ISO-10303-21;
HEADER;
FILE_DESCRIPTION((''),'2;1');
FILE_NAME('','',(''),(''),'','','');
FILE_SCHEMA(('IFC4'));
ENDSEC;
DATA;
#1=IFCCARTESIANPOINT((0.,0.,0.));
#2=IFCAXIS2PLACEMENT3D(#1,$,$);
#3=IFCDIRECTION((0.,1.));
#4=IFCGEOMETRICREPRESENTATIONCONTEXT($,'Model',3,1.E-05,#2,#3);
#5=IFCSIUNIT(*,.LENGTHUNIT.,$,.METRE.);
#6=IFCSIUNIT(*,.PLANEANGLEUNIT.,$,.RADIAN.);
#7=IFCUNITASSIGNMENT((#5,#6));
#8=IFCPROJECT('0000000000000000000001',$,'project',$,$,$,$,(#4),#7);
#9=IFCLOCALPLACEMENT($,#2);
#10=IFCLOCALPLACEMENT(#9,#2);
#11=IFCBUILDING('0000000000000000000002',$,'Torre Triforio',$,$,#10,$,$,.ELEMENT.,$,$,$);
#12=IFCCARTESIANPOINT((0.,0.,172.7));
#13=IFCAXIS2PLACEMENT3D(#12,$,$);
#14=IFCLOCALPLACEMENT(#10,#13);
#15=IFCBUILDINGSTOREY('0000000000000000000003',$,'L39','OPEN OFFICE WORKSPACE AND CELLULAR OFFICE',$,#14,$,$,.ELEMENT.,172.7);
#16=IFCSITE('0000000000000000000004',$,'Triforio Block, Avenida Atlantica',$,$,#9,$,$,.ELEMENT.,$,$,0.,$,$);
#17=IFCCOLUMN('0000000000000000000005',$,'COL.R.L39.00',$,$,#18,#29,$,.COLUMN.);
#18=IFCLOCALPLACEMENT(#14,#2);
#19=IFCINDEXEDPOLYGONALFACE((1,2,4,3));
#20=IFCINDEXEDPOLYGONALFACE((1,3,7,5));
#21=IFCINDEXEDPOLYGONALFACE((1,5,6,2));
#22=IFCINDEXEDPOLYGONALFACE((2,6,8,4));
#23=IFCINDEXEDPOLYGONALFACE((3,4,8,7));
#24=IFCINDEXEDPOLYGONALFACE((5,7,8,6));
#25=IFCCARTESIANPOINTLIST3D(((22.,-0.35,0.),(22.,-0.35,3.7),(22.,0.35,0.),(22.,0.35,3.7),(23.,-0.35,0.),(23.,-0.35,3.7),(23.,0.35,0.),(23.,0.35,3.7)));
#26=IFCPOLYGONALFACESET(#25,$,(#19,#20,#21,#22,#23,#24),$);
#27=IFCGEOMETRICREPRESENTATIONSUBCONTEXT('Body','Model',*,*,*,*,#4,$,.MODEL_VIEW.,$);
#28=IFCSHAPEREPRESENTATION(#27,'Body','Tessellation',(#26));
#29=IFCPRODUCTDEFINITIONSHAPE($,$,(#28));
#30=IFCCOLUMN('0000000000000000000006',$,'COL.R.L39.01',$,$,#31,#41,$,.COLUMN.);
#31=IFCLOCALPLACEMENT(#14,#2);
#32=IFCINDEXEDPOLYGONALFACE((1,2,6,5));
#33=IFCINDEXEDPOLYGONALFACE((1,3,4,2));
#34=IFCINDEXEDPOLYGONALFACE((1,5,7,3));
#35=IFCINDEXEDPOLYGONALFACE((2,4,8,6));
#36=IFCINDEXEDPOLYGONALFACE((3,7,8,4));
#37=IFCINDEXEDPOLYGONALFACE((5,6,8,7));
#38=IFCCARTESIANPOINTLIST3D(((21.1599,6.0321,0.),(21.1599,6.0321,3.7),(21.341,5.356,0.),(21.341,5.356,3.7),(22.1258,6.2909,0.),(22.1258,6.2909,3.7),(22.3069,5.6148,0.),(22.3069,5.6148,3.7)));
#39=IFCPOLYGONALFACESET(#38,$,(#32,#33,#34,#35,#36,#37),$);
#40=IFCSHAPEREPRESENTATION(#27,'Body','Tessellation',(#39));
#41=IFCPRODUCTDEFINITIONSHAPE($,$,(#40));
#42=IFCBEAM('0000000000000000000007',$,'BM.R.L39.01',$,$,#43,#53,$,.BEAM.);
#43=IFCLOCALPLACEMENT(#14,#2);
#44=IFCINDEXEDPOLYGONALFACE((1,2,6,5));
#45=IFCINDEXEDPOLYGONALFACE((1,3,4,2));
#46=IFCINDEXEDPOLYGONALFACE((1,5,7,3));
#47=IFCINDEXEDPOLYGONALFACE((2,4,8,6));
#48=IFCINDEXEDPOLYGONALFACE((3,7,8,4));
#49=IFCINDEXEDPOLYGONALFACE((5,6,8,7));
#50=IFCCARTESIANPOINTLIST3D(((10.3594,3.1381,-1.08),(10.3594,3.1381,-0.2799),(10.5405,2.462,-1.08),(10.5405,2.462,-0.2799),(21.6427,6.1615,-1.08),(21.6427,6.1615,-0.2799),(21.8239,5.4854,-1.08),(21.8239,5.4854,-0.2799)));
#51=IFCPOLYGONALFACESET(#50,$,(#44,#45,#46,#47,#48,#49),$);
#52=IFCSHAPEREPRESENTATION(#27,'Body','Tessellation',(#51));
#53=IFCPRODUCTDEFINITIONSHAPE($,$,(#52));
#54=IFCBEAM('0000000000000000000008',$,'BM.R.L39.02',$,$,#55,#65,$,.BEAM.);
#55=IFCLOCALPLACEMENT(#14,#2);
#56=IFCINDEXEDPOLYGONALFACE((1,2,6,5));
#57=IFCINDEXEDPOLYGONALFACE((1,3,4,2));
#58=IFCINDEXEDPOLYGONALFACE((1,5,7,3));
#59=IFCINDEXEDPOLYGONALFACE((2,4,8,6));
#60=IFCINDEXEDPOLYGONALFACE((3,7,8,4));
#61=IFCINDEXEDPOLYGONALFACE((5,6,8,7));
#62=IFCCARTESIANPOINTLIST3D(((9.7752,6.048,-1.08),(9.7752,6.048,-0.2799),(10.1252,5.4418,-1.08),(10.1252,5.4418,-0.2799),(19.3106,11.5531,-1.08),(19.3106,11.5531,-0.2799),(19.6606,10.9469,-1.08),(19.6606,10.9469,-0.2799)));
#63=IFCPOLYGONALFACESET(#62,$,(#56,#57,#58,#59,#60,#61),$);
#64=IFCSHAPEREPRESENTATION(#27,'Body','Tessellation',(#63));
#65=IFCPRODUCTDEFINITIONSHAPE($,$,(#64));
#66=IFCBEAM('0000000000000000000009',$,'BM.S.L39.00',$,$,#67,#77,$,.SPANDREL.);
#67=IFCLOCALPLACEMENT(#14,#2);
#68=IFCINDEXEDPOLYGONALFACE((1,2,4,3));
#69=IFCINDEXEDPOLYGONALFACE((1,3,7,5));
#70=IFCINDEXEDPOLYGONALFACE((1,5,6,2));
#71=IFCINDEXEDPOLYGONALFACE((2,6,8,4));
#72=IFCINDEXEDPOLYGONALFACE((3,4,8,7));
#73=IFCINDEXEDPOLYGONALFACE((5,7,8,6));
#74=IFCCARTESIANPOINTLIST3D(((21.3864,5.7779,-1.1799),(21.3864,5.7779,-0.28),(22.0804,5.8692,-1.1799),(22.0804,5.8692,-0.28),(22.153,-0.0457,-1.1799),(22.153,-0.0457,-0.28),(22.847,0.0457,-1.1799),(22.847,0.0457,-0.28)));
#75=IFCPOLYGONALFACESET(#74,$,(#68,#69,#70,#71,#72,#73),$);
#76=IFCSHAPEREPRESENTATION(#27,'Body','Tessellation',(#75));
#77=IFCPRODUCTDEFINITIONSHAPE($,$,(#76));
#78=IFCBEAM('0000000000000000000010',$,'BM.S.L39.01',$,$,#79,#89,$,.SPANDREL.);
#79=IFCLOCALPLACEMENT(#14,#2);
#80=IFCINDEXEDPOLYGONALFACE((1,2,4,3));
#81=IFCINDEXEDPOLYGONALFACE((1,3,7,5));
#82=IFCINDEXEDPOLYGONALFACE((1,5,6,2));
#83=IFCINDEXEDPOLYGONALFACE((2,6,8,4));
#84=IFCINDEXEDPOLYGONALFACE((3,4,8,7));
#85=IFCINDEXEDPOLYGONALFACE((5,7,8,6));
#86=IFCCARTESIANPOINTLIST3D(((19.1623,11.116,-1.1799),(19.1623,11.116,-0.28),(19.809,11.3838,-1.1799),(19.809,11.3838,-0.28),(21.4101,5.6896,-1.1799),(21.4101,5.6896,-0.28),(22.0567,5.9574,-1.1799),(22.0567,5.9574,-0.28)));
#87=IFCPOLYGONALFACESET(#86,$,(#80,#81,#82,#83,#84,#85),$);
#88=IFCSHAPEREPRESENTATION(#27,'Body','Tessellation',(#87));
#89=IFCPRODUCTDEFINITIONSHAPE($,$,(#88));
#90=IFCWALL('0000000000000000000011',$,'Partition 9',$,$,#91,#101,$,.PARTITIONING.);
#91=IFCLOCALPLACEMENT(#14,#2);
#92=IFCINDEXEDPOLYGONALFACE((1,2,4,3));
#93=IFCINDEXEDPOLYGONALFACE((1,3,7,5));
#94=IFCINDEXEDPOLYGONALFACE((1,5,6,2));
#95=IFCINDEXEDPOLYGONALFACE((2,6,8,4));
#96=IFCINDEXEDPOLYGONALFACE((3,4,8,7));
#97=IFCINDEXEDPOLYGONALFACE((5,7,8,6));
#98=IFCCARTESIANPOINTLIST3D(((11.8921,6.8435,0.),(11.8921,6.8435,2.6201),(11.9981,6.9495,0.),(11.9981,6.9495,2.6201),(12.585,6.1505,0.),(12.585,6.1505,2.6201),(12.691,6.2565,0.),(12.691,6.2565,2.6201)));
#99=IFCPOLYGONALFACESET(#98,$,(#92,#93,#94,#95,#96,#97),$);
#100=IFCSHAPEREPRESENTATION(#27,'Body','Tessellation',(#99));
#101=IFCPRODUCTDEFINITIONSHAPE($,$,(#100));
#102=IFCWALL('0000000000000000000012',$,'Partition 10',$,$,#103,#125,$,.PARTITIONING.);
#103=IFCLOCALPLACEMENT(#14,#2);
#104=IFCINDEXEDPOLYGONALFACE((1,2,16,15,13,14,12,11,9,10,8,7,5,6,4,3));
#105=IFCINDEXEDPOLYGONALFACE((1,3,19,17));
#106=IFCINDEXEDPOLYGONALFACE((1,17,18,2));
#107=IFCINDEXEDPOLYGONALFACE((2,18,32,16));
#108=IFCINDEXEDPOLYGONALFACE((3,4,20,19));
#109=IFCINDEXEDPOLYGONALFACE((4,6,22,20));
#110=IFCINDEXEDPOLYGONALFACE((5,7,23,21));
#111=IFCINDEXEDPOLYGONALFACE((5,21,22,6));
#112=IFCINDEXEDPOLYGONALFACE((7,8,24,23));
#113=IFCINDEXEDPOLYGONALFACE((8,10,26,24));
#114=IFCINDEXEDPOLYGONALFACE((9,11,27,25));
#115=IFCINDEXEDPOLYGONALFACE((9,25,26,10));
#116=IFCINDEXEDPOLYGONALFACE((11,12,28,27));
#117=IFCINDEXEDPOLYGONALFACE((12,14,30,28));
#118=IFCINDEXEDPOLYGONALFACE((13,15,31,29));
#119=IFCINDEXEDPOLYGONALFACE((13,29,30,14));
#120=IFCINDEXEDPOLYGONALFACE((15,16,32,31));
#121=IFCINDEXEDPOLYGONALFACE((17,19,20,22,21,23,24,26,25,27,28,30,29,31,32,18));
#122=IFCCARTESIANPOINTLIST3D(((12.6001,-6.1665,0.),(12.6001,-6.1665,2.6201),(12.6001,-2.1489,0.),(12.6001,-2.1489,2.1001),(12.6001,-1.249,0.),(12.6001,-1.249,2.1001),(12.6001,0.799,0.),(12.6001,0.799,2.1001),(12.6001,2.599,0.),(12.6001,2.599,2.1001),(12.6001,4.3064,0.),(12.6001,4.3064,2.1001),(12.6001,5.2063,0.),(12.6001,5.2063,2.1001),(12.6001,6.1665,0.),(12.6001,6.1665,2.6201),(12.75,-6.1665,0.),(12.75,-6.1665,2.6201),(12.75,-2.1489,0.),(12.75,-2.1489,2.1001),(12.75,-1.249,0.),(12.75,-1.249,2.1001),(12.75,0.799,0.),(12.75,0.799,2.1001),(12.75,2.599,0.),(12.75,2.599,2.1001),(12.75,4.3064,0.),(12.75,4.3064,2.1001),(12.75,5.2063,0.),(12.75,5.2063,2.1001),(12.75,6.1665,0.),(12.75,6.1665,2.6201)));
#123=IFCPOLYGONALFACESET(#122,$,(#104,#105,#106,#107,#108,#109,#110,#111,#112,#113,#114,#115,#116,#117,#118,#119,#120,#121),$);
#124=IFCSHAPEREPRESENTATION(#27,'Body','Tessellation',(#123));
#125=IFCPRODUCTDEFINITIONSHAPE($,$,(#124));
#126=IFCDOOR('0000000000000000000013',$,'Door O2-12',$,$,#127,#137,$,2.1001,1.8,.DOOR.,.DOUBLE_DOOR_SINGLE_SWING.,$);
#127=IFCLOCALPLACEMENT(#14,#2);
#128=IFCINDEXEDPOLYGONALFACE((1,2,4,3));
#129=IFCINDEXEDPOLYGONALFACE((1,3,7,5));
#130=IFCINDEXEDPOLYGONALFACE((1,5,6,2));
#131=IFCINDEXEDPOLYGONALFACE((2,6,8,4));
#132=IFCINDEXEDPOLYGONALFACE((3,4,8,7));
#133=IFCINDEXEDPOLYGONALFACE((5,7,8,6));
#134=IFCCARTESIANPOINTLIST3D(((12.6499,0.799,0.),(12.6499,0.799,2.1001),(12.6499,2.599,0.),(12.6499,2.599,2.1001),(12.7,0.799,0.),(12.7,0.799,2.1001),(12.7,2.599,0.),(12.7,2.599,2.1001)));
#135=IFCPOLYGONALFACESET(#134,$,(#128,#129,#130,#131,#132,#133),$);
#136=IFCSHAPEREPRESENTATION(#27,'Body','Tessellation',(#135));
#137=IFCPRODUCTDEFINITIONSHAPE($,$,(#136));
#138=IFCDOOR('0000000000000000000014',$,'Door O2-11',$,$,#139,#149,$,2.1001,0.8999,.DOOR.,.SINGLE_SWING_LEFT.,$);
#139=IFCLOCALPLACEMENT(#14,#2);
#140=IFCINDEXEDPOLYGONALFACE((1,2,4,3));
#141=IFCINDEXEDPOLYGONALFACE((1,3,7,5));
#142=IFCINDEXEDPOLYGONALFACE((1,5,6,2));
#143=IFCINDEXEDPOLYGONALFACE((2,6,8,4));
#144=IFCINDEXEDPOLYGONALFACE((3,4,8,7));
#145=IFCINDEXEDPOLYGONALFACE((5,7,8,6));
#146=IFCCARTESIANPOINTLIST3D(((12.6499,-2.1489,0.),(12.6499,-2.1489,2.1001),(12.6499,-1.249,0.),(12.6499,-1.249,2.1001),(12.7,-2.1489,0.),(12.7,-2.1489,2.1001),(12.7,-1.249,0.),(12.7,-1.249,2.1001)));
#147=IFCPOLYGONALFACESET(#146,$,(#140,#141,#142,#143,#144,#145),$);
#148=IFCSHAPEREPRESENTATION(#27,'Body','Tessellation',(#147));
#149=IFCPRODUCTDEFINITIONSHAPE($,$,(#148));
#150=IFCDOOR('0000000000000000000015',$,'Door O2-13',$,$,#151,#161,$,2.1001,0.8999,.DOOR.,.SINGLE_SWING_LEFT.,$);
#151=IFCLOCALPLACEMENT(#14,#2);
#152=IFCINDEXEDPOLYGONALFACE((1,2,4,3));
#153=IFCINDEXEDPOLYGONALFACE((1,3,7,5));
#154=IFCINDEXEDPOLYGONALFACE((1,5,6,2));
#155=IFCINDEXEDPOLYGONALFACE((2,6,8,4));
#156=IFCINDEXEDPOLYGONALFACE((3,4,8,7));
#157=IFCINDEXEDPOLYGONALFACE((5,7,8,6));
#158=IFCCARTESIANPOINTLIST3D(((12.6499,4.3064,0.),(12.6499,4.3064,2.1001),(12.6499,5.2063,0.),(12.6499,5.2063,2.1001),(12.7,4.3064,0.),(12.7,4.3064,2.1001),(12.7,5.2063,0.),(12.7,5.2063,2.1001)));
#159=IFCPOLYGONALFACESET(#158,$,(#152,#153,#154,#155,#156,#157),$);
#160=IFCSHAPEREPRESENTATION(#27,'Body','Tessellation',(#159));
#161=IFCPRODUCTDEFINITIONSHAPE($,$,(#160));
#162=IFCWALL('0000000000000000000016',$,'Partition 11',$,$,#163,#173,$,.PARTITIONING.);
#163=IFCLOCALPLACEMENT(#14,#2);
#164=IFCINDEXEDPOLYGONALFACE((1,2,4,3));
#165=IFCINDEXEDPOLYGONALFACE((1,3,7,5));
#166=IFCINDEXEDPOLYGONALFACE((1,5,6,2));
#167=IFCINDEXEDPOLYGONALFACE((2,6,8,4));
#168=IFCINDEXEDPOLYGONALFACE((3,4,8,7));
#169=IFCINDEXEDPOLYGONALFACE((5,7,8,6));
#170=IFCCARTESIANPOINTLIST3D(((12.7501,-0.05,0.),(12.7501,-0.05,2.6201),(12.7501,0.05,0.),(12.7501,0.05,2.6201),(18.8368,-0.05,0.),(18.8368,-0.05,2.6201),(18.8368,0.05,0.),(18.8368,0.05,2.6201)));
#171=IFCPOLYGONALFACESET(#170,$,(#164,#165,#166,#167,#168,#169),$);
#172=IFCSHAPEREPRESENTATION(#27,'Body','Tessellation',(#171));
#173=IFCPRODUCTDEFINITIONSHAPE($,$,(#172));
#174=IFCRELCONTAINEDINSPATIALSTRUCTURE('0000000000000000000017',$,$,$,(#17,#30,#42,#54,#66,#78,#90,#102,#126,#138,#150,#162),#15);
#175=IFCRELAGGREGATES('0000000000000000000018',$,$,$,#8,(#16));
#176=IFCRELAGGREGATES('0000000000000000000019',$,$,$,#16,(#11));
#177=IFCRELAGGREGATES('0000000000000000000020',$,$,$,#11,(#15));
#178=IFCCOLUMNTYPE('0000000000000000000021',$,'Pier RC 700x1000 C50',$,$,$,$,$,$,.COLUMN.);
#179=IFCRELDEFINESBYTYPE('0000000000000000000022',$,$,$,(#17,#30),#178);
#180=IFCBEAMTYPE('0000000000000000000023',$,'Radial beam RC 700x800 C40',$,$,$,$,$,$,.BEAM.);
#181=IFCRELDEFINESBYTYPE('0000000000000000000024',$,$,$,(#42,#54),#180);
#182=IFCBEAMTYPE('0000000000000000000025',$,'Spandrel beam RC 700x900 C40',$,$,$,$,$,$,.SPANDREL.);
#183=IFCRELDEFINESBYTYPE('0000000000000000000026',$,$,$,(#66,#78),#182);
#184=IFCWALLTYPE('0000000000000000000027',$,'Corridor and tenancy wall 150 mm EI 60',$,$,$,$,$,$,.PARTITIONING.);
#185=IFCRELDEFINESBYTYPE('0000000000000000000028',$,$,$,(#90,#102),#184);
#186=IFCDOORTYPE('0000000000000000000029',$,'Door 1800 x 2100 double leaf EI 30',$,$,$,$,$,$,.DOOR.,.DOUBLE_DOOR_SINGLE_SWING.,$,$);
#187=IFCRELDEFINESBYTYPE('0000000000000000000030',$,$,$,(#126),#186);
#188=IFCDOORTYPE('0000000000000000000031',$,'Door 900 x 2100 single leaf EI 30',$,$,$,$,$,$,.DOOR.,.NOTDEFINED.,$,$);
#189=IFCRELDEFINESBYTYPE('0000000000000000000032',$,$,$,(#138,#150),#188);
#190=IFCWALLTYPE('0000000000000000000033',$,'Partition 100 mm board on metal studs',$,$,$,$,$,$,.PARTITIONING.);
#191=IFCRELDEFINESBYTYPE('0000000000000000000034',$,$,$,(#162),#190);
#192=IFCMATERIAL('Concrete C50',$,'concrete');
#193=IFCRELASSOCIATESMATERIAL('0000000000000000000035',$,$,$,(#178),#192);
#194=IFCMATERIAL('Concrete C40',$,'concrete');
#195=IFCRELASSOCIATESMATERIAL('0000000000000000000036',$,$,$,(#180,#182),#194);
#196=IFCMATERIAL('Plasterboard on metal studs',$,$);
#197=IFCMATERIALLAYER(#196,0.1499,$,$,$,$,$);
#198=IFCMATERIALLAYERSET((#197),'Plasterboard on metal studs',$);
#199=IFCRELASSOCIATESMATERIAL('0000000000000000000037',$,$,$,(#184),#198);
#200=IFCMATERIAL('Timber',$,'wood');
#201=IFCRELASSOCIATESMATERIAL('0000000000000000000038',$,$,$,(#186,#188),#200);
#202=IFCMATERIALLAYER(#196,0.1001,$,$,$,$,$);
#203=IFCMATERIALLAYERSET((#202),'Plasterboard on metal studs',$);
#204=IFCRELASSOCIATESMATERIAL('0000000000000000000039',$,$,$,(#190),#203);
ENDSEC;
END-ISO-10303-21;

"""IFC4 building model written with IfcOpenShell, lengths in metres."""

from ifc_helpers import new_model, si_unit, direction, frame, frame_2d, origin, origin_2d, place, context, subcontext, project, spatial, rectangle, extrude, material, layer, layer_set, material_profile, profile_set, type_object, element, fill, save


model = new_model("IFC4")

# Units and contexts
model_context = context("Model", 3, precision=1e-05, world=origin(), true_north=direction((0.0, 1.0)))
body_context = subcontext(model_context, "Body", "Model", "MODEL_VIEW")
ifc_project = project(units=[si_unit("LENGTHUNIT", "METRE"), si_unit("PLANEANGLEUNIT", "RADIAN")], contexts=[model_context])

# Site, building, storey
site_placement = place(None, origin())
site = spatial("IfcSite", under=ifc_project, at=site_placement, Name="Triforio Block, Avenida Atlantica", CompositionType="ELEMENT", RefElevation=0.0)
building_placement = place(site_placement, origin())
building = spatial("IfcBuilding", under=site, at=building_placement, Name="Torre Triforio", CompositionType="ELEMENT")
storey_placement = place(building_placement, frame((0.0, 0.0, 172.7)))
storey = spatial("IfcBuildingStorey", under=building, at=storey_placement, Name="L39", Description="OPEN OFFICE WORKSPACE AND CELLULAR OFFICE", CompositionType="ELEMENT", Elevation=172.7)

# Columns
ifc_material_1 = material(Name="Concrete C50", Category="concrete")
ifc_material_profile_1 = material_profile(ifc_material_1, rectangle(XDim=0.7, YDim=1.0, at=origin_2d()), Name="RC 700x1000")
ifc_profile_set_1 = profile_set([ifc_material_profile_1], Name="Concrete C50")
column_type = type_object("IfcColumnType", Name="Pier RC 700x1000 C50", PredefinedType="COLUMN", material=ifc_profile_set_1)
for number, where, z_axis, x_axis, name in (
    (1, (22.5, 0.0, 0.0), (0.0, 0.0, 1.0), (0.0, 1.0, 0.0), "COL.R.L39.00"),
    (2, (21.7334, 5.8235, 0.0), (0.0, 0.0, 1.0), (-0.258819, 0.965926, 0.0), "COL.R.L39.01"),
):
    element("IfcColumn", number, at=place(storey_placement, frame(where, z_axis=z_axis, x_axis=x_axis)), inside=storey, type_object=column_type, Name=name, PredefinedType="COLUMN", context=body_context, shape_type="SweptSolid", body=[
        extrude(rectangle(XDim=0.7, YDim=1.0, at=origin_2d()), origin(), (0.0, 0.0, 1.0), 3.7),
    ])

# Beams
ifc_material_2 = material(Name="Concrete C40", Category="concrete")
ifc_material_profile_2 = material_profile(ifc_material_2, rectangle(XDim=0.7, YDim=0.8, at=origin_2d()), Name="RC 700x800")
ifc_profile_set_2 = profile_set([ifc_material_profile_2], Name="Concrete C40")
beam_type_1 = type_object("IfcBeamType", Name="Radial beam RC 700x800 C40", PredefinedType="BEAM", material=ifc_profile_set_2)
beam_1_placement = place(storey_placement, frame((10.45, 2.8, -0.6799), z_axis=(0.965925, 0.258823, 0.0), x_axis=(-0.258823, 0.965925, 0.0)))
element("IfcBeam", 3, at=beam_1_placement, inside=storey, type_object=beam_type_1, Name="BM.R.L39.01", PredefinedType="BEAM", context=body_context, shape_type="SweptSolid", body=[
    extrude(rectangle(XDim=0.7, YDim=0.8, at=origin_2d()), origin(), (0.0, 0.0, 1.0), 11.6814),
])
beam_2_placement = place(storey_placement, frame((9.9502, 5.7449, -0.6799), z_axis=(0.866031, 0.499991, 0.0), x_axis=(-0.499991, 0.866031, 0.0)))
element("IfcBeam", 4, at=beam_2_placement, inside=storey, type_object=beam_type_1, Name="BM.R.L39.02", PredefinedType="BEAM", context=body_context, shape_type="SweptSolid", body=[
    extrude(rectangle(XDim=0.7, YDim=0.8, at=origin_2d()), origin(), (0.0, 0.0, 1.0), 11.0105),
])
ifc_material_profile_3 = material_profile(ifc_material_2, rectangle(XDim=0.7, YDim=0.8999, at=origin_2d()), Name="RC 700x900")
ifc_profile_set_3 = profile_set([ifc_material_profile_3], Name="Concrete C40")
beam_type_2 = type_object("IfcBeamType", Name="Spandrel beam RC 700x900 C40", PredefinedType="SPANDREL", material=ifc_profile_set_3)
beam_3_placement = place(storey_placement, frame((22.5, 0.0, -0.73), z_axis=(-0.130514, 0.991447, 0.0), x_axis=(-0.991447, -0.130514, 0.0)))
element("IfcBeam", 5, at=beam_3_placement, inside=storey, type_object=beam_type_2, Name="BM.S.L39.00", PredefinedType="SPANDREL", context=body_context, shape_type="SweptSolid", body=[
    extrude(rectangle(XDim=0.7, YDim=0.8999, at=origin_2d()), origin(), (0.0, 0.0, 1.0), 5.8738),
])
beam_4_placement = place(storey_placement, frame((21.7334, 5.8235, -0.73), z_axis=(-0.382693, 0.923875, 0.0), x_axis=(-0.923875, -0.382693, 0.0)))
element("IfcBeam", 6, at=beam_4_placement, inside=storey, type_object=beam_type_2, Name="BM.S.L39.01", PredefinedType="SPANDREL", context=body_context, shape_type="SweptSolid", body=[
    extrude(rectangle(XDim=0.7, YDim=0.8999, at=origin_2d()), origin(), (0.0, 0.0, 1.0), 5.8735),
])

# Wall
ifc_material_3 = material(Name="Plasterboard on metal studs")
ifc_layer_1 = layer(ifc_material_3, 0.1499)
ifc_layer_set_1 = layer_set([ifc_layer_1], Name="Plasterboard on metal studs")
wall_type_1 = type_object("IfcWallType", Name="Corridor and tenancy wall 150 mm EI 60", PredefinedType="PARTITIONING", material=ifc_layer_set_1)
wall_1_placement = place(storey_placement, frame((11.9451, 6.8965, 0.0), z_axis=(0.0, 0.0, 1.0), x_axis=(0.707107, -0.707107, 0.0)))
element("IfcWall", 7, at=wall_1_placement, inside=storey, type_object=wall_type_1, Name="Partition 9", PredefinedType="PARTITIONING", context=body_context, shape_type="SweptSolid", body=[
    extrude(rectangle(XDim=0.98, YDim=0.1499, at=frame_2d((0.49, 0.0))), origin(), (0.0, 0.0, 1.0), 2.6201),
])

# Wall, openings, doors
wall_2_placement = place(storey_placement, frame((12.675, 6.1665, 0.0), z_axis=(0.0, 0.0, 1.0), x_axis=(0.0, -1.0, 0.0)))
wall_2 = element("IfcWall", 8, at=wall_2_placement, inside=storey, type_object=wall_type_1, Name="Partition 10", PredefinedType="PARTITIONING", context=body_context, shape_type="SweptSolid", body=[
    extrude(rectangle(XDim=12.333, YDim=0.1499, at=frame_2d((6.1665, 0.0))), origin(), (0.0, 0.0, 1.0), 2.6201),
])
opening_1_placement = place(wall_2_placement, frame((7.4155, 0.0, 0.0)))
opening_1 = element("IfcOpeningElement", 9, at=opening_1_placement, cuts=wall_2, PredefinedType="OPENING", context=body_context, shape_type="SweptSolid", body=[
    extrude(rectangle(XDim=0.8999, YDim=2.1001, at=frame_2d((0.45, 1.05))), frame((0.0, 0.085, 0.0), z_axis=(0.0, -1.0, 0.0), x_axis=(1.0, 0.0, 0.0)), (0.0, 0.0, 1.0), 0.1699),
])
opening_2_placement = place(wall_2_placement, frame((3.5676, 0.0, 0.0)))
opening_2 = element("IfcOpeningElement", 10, at=opening_2_placement, cuts=wall_2, PredefinedType="OPENING", context=body_context, shape_type="SweptSolid", body=[
    extrude(rectangle(XDim=1.8, YDim=2.1001, at=frame_2d((0.8999, 1.05))), frame((0.0, 0.085, 0.0), z_axis=(0.0, -1.0, 0.0), x_axis=(1.0, 0.0, 0.0)), (0.0, 0.0, 1.0), 0.1699),
])
opening_3_placement = place(wall_2_placement, frame((0.9602, 0.0, 0.0)))
opening_3 = element("IfcOpeningElement", 11, at=opening_3_placement, cuts=wall_2, PredefinedType="OPENING", context=body_context, shape_type="SweptSolid", body=[
    extrude(rectangle(XDim=0.8999, YDim=2.1001, at=frame_2d((0.45, 1.05))), frame((0.0, 0.085, 0.0), z_axis=(0.0, -1.0, 0.0), x_axis=(1.0, 0.0, 0.0)), (0.0, 0.0, 1.0), 0.1699),
])
ifc_material_4 = material(Name="Timber", Category="wood")
door_type_1 = type_object("IfcDoorType", Name="Door 1800 x 2100 double leaf EI 30", OperationType="DOUBLE_DOOR_SINGLE_SWING", PredefinedType="DOOR", material=ifc_material_4)
door_1_placement = place(opening_2_placement, origin())
door_1 = element("IfcDoor", 12, at=door_1_placement, inside=storey, type_object=door_type_1, Name="Door O2-12", OperationType="DOUBLE_DOOR_SINGLE_SWING", OverallHeight=2.1001, OverallWidth=1.8, PredefinedType="DOOR", context=body_context, shape_type="SweptSolid", body=[
    extrude(rectangle(XDim=1.8, YDim=2.1001, at=frame_2d((0.8999, 1.05))), frame((0.0, 0.0249, 0.0), z_axis=(0.0, -1.0, 0.0), x_axis=(1.0, 0.0, 0.0)), (0.0, 0.0, 1.0), 0.05),
])
fill(opening_2, door_1)
door_type_2 = type_object("IfcDoorType", Name="Door 900 x 2100 single leaf EI 30", OperationType="NOTDEFINED", PredefinedType="DOOR", material=ifc_material_4)
door_2_placement = place(opening_1_placement, origin())
door_2 = element("IfcDoor", 13, at=door_2_placement, inside=storey, type_object=door_type_2, Name="Door O2-11", OperationType="SINGLE_SWING_LEFT", OverallHeight=2.1001, OverallWidth=0.8999, PredefinedType="DOOR", context=body_context, shape_type="SweptSolid", body=[
    extrude(rectangle(XDim=0.8999, YDim=2.1001, at=frame_2d((0.45, 1.05))), frame((0.0, 0.0249, 0.0), z_axis=(0.0, -1.0, 0.0), x_axis=(1.0, 0.0, 0.0)), (0.0, 0.0, 1.0), 0.05),
])
fill(opening_1, door_2)
door_3_placement = place(opening_3_placement, origin())
door_3 = element("IfcDoor", 14, at=door_3_placement, inside=storey, type_object=door_type_2, Name="Door O2-13", OperationType="SINGLE_SWING_LEFT", OverallHeight=2.1001, OverallWidth=0.8999, PredefinedType="DOOR", context=body_context, shape_type="SweptSolid", body=[
    extrude(rectangle(XDim=0.8999, YDim=2.1001, at=frame_2d((0.45, 1.05))), frame((0.0, 0.0249, 0.0), z_axis=(0.0, -1.0, 0.0), x_axis=(1.0, 0.0, 0.0)), (0.0, 0.0, 1.0), 0.05),
])
fill(opening_3, door_3)

# Wall
ifc_layer_2 = layer(ifc_material_3, 0.1001)
ifc_layer_set_2 = layer_set([ifc_layer_2], Name="Plasterboard on metal studs")
wall_type_2 = type_object("IfcWallType", Name="Partition 100 mm board on metal studs", PredefinedType="PARTITIONING", material=ifc_layer_set_2)
wall_3_placement = place(storey_placement, frame((12.75, 0.0, 0.0), z_axis=(0.0, 0.0, 1.0), x_axis=(1.0, 0.0, 0.0)))
element("IfcWall", 15, at=wall_3_placement, inside=storey, type_object=wall_type_2, Name="Partition 11", PredefinedType="PARTITIONING", context=body_context, shape_type="SweptSolid", body=[
    extrude(rectangle(XDim=6.0867, YDim=0.1001, at=frame_2d((3.0435, 0.0))), origin(), (0.0, 0.0, 1.0), 2.6201),
])

save(model, "model.ifc")
